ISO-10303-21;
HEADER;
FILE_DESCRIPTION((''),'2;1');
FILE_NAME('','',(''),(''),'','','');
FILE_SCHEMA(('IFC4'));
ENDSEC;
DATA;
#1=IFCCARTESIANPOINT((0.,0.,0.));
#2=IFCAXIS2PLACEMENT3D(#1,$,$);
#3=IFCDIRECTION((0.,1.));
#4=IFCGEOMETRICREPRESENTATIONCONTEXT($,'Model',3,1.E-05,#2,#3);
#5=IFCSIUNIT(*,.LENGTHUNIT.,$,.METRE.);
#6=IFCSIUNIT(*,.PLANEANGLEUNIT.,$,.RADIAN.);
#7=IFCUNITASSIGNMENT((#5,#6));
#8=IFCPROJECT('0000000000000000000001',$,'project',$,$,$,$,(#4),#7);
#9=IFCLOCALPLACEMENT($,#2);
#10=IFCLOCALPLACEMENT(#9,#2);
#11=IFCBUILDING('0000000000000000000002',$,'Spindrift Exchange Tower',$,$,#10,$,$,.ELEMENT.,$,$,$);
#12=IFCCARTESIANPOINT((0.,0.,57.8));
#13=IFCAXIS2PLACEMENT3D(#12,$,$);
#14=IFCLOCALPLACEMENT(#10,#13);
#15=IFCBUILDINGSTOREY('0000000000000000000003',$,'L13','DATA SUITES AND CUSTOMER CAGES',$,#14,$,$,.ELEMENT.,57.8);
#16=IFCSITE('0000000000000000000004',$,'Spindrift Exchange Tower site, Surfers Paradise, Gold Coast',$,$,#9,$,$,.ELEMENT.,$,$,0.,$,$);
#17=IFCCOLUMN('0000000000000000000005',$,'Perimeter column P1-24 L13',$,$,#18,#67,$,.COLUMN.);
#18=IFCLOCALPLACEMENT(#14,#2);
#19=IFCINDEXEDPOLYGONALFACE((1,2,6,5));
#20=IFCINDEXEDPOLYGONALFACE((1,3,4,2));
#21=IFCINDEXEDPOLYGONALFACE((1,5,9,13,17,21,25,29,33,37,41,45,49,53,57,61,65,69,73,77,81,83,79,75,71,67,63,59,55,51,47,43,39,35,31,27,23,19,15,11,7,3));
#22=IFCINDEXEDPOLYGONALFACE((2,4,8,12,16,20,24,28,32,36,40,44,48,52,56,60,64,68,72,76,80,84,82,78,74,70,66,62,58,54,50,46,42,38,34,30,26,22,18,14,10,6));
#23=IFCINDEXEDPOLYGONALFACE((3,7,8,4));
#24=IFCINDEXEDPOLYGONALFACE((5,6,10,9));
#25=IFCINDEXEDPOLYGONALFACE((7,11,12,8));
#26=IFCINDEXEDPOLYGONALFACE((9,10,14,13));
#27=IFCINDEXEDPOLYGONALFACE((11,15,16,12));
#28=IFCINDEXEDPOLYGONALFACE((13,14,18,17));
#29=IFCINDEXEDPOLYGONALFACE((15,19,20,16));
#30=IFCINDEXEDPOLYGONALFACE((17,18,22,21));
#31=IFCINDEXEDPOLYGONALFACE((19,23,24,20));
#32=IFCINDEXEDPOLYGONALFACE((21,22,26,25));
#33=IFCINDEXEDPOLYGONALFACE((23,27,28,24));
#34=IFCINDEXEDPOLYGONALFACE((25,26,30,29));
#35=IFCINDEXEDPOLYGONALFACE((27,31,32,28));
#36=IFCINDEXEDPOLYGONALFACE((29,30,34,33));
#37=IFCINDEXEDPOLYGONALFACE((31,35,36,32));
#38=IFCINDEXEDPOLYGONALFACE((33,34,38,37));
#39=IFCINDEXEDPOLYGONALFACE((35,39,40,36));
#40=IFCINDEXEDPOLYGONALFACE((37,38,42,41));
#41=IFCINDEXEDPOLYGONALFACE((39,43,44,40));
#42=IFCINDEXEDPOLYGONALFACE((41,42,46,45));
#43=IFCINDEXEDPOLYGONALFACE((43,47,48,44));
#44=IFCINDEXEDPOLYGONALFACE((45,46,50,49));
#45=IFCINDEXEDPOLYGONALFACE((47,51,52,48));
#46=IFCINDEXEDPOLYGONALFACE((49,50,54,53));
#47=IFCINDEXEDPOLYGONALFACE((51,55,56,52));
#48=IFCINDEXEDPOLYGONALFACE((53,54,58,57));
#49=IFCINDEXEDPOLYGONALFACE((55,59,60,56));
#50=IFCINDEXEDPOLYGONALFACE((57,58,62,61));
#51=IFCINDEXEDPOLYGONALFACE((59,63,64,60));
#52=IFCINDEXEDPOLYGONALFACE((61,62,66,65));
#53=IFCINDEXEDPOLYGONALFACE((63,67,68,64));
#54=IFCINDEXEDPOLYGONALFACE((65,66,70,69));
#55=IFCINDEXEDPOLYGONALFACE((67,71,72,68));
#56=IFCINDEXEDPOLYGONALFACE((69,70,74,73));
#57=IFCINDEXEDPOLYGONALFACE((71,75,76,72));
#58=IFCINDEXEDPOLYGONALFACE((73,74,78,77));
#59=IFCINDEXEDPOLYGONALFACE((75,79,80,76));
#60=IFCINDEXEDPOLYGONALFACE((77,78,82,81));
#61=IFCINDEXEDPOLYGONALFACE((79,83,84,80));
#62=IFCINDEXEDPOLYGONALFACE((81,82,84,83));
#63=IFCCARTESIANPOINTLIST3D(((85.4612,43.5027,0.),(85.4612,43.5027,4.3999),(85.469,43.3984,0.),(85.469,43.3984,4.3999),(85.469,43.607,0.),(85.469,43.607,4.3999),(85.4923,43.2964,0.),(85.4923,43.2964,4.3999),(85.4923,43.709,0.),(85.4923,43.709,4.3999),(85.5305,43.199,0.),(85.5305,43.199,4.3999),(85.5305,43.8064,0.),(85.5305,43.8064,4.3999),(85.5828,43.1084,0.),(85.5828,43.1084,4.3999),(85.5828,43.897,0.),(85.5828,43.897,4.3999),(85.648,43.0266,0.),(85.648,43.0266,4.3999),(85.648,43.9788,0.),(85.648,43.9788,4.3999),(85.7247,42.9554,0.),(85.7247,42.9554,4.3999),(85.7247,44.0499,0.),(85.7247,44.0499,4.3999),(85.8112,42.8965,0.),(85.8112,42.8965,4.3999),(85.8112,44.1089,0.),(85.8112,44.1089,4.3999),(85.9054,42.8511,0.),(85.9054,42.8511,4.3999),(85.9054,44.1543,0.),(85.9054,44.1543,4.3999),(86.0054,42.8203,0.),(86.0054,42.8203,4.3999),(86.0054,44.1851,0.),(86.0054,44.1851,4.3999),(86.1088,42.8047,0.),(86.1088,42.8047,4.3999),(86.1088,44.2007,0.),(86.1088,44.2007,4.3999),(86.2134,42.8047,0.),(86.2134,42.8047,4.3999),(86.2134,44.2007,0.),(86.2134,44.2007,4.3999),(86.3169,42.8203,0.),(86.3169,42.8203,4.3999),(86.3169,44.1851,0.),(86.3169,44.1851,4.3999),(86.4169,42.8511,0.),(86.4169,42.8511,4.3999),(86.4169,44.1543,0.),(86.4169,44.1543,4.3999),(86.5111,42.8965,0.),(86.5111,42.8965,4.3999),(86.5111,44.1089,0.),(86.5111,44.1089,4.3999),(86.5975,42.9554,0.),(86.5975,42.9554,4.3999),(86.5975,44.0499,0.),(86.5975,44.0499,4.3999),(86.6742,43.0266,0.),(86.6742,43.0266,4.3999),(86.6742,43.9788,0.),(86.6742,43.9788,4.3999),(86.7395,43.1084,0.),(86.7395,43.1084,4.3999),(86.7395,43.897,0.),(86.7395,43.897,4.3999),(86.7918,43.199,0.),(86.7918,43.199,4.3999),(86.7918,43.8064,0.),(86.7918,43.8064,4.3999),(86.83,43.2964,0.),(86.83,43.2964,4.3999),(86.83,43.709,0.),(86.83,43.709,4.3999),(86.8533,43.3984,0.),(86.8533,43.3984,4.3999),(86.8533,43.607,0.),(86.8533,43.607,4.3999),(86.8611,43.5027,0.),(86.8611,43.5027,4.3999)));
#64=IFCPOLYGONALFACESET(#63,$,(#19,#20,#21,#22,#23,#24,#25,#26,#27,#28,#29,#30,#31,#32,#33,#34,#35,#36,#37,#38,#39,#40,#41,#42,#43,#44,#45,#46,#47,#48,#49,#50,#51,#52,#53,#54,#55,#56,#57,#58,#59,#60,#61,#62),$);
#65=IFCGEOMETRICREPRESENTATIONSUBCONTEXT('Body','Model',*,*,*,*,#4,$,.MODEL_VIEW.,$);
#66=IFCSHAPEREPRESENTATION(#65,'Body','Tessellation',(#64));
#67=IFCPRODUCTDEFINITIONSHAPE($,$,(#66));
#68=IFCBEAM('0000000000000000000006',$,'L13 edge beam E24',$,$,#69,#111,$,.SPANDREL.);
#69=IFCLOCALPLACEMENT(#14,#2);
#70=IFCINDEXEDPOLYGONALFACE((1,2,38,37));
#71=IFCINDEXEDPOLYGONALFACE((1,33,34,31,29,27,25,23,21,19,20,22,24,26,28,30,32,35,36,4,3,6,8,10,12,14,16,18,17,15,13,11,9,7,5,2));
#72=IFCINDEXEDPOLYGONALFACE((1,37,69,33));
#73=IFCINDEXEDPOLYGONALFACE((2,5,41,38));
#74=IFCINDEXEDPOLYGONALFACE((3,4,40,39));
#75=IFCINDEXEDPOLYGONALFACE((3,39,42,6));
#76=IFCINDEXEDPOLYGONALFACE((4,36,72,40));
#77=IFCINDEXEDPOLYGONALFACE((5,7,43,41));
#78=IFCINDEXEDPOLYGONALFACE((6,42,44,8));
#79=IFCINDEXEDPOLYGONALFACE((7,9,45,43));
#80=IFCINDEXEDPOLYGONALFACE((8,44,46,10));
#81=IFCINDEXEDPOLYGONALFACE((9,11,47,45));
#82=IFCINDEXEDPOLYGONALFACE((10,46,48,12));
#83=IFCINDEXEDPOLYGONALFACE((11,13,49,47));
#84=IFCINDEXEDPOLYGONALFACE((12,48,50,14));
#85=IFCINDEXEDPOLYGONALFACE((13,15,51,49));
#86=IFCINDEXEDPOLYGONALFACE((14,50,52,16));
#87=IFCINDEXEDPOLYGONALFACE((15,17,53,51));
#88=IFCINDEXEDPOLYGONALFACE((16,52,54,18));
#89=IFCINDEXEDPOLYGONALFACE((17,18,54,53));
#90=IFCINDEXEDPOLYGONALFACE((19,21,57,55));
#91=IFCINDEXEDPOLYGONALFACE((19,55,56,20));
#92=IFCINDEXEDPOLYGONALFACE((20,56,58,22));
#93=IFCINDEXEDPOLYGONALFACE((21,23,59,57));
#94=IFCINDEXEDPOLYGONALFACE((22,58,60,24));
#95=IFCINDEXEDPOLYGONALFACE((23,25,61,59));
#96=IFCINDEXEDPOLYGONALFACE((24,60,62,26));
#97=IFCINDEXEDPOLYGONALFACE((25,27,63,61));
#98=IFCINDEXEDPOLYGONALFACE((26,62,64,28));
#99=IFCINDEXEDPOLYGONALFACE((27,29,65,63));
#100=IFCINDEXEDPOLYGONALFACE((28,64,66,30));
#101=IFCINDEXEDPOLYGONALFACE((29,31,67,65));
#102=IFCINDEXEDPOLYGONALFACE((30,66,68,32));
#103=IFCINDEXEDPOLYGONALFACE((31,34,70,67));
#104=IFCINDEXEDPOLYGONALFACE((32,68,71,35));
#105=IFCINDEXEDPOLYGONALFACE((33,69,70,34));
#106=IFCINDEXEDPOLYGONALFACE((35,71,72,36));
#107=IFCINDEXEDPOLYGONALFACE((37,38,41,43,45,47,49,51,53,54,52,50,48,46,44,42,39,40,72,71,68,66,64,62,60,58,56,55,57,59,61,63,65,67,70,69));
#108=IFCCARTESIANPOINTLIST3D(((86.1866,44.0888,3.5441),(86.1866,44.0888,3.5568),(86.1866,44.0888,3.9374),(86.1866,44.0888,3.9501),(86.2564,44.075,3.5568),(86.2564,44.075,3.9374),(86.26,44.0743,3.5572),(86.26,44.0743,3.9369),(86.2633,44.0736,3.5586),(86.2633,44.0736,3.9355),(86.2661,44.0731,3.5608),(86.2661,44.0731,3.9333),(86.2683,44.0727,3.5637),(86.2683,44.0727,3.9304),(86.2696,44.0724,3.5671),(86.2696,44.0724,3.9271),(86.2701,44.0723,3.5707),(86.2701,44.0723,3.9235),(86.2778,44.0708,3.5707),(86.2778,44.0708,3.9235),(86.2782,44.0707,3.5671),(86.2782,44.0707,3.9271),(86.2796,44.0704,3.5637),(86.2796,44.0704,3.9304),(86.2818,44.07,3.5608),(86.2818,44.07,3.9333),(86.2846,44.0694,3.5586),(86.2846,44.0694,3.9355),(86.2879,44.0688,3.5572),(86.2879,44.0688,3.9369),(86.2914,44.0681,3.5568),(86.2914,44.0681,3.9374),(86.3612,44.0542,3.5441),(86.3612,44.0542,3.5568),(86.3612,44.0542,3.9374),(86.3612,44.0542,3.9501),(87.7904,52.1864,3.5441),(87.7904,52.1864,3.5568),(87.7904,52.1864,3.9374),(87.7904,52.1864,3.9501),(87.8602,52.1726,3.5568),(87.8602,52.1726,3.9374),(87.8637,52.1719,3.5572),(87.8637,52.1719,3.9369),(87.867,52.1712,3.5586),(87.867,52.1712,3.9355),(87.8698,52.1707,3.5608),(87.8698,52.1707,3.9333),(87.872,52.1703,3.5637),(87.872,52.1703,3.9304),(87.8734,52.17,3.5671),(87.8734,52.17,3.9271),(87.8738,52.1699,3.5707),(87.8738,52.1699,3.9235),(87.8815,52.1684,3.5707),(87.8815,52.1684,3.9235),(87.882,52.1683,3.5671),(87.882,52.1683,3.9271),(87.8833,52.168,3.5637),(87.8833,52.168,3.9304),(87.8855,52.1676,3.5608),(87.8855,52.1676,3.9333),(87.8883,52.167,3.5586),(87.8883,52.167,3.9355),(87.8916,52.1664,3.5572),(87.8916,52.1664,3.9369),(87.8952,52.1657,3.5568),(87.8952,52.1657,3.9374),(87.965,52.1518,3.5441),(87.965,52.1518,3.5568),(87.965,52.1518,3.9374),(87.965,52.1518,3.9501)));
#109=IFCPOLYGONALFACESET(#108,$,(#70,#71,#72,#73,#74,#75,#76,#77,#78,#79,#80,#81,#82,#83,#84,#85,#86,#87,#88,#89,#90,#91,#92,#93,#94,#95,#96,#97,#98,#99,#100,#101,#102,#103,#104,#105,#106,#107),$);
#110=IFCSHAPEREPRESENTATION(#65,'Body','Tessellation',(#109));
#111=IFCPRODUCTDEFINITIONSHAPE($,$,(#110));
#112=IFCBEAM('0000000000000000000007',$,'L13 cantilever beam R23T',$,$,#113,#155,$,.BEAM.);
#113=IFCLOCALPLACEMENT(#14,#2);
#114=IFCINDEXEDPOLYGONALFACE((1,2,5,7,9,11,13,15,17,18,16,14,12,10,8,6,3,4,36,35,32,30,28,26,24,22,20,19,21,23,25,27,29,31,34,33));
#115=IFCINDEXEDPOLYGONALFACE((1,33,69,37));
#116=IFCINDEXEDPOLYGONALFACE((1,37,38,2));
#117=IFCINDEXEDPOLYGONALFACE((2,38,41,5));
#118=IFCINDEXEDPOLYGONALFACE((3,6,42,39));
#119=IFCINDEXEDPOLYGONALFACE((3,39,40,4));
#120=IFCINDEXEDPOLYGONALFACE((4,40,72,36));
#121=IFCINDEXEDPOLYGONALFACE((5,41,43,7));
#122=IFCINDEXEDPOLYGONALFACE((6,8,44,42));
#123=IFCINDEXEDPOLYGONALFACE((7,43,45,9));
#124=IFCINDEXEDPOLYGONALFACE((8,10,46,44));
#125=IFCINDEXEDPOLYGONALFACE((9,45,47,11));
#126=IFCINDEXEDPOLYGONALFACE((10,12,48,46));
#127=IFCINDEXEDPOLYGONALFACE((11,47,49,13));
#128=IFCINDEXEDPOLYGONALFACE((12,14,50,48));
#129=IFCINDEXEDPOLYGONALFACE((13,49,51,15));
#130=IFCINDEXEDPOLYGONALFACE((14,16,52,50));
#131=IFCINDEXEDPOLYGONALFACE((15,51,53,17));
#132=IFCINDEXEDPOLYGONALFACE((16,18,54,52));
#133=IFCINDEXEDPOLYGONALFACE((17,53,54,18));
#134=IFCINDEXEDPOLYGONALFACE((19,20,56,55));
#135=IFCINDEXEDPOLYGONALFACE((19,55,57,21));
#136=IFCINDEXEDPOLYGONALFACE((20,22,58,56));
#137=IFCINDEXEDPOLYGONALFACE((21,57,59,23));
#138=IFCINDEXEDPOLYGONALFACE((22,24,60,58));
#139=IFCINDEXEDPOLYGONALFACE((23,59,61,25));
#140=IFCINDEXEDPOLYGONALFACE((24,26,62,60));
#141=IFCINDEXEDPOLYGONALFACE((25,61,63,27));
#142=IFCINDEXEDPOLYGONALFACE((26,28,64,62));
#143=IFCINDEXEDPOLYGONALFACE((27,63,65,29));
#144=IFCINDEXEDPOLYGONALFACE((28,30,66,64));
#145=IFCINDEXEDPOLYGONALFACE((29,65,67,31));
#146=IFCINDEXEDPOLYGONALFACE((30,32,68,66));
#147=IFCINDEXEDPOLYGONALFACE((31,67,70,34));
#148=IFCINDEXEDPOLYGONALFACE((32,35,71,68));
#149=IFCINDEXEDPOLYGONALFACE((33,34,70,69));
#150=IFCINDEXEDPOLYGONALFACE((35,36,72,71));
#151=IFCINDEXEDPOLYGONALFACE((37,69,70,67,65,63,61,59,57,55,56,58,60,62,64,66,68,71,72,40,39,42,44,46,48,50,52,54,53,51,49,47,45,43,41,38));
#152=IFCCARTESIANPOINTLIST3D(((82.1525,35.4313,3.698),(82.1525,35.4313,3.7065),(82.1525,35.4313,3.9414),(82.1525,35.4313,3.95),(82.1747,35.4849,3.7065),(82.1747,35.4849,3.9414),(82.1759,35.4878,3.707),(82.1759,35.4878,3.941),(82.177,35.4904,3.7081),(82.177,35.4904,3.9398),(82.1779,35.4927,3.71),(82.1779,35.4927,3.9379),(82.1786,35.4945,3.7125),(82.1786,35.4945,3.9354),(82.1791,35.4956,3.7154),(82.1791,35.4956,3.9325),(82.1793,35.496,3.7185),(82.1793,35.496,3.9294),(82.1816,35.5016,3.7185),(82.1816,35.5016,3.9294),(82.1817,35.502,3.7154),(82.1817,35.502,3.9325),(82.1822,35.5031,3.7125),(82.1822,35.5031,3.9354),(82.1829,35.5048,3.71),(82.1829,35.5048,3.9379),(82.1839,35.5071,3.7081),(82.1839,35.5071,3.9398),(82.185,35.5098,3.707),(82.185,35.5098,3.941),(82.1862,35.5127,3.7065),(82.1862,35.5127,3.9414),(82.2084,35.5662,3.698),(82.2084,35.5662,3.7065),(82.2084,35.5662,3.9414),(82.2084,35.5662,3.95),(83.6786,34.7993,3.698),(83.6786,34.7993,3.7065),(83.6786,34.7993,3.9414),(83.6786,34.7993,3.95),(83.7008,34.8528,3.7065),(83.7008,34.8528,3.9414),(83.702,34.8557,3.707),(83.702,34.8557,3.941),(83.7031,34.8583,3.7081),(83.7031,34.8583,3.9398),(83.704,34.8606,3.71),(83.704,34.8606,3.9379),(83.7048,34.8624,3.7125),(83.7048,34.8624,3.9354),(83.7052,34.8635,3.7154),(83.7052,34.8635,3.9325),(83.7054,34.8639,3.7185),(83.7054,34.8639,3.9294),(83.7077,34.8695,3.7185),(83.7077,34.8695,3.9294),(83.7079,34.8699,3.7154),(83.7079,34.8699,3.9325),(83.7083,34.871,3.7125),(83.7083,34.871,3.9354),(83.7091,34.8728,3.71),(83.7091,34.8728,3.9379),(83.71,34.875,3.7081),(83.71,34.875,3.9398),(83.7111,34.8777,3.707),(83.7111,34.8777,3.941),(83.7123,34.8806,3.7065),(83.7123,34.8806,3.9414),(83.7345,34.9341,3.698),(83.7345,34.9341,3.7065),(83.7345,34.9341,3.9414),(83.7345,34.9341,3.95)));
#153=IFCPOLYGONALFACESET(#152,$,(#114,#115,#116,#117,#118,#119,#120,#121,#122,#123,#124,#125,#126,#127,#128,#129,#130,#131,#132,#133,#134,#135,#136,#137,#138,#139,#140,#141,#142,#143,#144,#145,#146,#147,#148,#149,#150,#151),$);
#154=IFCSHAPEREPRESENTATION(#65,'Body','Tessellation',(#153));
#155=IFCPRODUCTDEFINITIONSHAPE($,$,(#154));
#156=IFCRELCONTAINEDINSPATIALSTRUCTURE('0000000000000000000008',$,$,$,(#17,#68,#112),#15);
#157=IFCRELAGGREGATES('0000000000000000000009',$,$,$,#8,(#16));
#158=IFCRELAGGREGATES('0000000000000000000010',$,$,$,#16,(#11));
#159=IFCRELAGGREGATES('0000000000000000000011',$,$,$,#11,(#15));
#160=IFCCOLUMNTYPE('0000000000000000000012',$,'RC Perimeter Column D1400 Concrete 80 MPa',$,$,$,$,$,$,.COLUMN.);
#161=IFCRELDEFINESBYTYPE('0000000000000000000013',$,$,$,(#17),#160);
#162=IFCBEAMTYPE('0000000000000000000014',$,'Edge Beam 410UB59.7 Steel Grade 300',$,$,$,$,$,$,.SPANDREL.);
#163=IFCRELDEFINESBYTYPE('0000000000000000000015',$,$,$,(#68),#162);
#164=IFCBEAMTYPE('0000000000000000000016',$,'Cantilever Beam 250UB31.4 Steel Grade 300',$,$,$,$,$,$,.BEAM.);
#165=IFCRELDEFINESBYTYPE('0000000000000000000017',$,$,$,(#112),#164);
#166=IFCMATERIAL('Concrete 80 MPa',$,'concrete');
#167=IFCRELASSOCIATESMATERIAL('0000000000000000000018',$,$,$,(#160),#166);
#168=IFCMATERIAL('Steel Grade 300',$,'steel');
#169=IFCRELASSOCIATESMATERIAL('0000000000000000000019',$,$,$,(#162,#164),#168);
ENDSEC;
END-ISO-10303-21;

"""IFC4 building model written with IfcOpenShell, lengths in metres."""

from ifc_helpers import new_model, si_unit, direction, frame, origin, origin_2d, place, context, subcontext, project, spatial, circle, i_section, extrude, source, transform, mapped, material, material_profile, profile_set, type_object, element, save


model = new_model("IFC4")

# Units and contexts
model_context = context("Model", 3, precision=1e-05, world=origin(), true_north=direction((0.0, 1.0)))
body_context = subcontext(model_context, "Body", "Model", "MODEL_VIEW")
ifc_project = project(units=[si_unit("LENGTHUNIT", "METRE"), si_unit("PLANEANGLEUNIT", "RADIAN")], contexts=[model_context])

# Site, building, storey
site_placement = place(None, origin())
site = spatial("IfcSite", under=ifc_project, at=site_placement, Name="Spindrift Exchange Tower site, Surfers Paradise, Gold Coast", CompositionType="ELEMENT", RefElevation=0.0)
building_placement = place(site_placement, origin())
building = spatial("IfcBuilding", under=site, at=building_placement, Name="Spindrift Exchange Tower", CompositionType="ELEMENT")
storey_placement = place(building_placement, frame((0.0, 0.0, 57.8)))
storey = spatial("IfcBuildingStorey", under=building, at=storey_placement, Name="L13", Description="DATA SUITES AND CUSTOMER CAGES", CompositionType="ELEMENT", Elevation=57.8)

# Column
ifc_material_1 = material(Name="Concrete 80 MPa", Category="concrete")
ifc_material_profile_1 = material_profile(ifc_material_1, circle(Radius=0.7, at=origin_2d()), Name="RC D1400")
ifc_profile_set_1 = profile_set([ifc_material_profile_1], Name="Concrete 80 MPa")
column_type = type_object("IfcColumnType", Name="RC Perimeter Column D1400 Concrete 80 MPa", PredefinedType="COLUMN", material=ifc_profile_set_1)
shared_shape_1 = source(origin(), body_context, "Body", "SweptSolid", [
    extrude(circle(Radius=0.7, at=origin_2d()), origin(), (0.0, 0.0, 1.0), 4.3999),
])
column_placement = place(storey_placement, frame((86.1611, 43.5027, 0.0), z_axis=(0.0, 0.0, 1.0), x_axis=(1.0, 0.0, 0.0)))
element("IfcColumn", 1, at=column_placement, inside=storey, type_object=column_type, Name="Perimeter column P1-24 L13", PredefinedType="COLUMN", context=body_context, shape_type="MappedRepresentation", body=[
    mapped(shared_shape_1, transform((0.0, 0.0, 0.0), scale=1.0)),
])

# Beams
ifc_material_2 = material(Name="Steel Grade 300", Category="steel")
ifc_material_profile_2 = material_profile(ifc_material_2, i_section(OverallWidth=0.178, OverallDepth=0.406, WebThickness=0.0078, FlangeThickness=0.0127, FilletRadius=0.0139, at=origin_2d()), Name="410UB59.7")
ifc_profile_set_2 = profile_set([ifc_material_profile_2], Name="Steel Grade 300")
beam_type_1 = type_object("IfcBeamType", Name="Edge Beam 410UB59.7 Steel Grade 300", PredefinedType="SPANDREL", material=ifc_profile_set_2)
shared_shape_2 = source(origin(), body_context, "Body", "SweptSolid", [
    extrude(i_section(OverallWidth=0.178, OverallDepth=0.406, WebThickness=0.0078, FlangeThickness=0.0127, FilletRadius=0.0139, at=origin_2d()), origin(), (0.0, 0.0, 1.0), 8.2549),
])
beam_1_placement = place(storey_placement, frame((86.2739, 44.0715, 3.7471), z_axis=(0.194279, 0.980946, 0.0), x_axis=(-0.980946, 0.194279, 0.0)))
element("IfcBeam", 2, at=beam_1_placement, inside=storey, type_object=beam_type_1, Name="L13 edge beam E24", PredefinedType="SPANDREL", context=body_context, shape_type="MappedRepresentation", body=[
    mapped(shared_shape_2, transform((0.0, 0.0, 0.0), scale=1.0)),
])
ifc_material_profile_3 = material_profile(ifc_material_2, i_section(OverallWidth=0.146, OverallDepth=0.252, WebThickness=0.0061, FlangeThickness=0.0085, FilletRadius=0.012, at=origin_2d()), Name="250UB31.4")
ifc_profile_set_3 = profile_set([ifc_material_profile_3], Name="Steel Grade 300")
beam_type_2 = type_object("IfcBeamType", Name="Cantilever Beam 250UB31.4 Steel Grade 300", PredefinedType="BEAM", material=ifc_profile_set_3)
shared_shape_3 = source(origin(), body_context, "Body", "SweptSolid", [
    extrude(i_section(OverallWidth=0.146, OverallDepth=0.252, WebThickness=0.0061, FlangeThickness=0.0085, FilletRadius=0.012, at=origin_2d()), origin(), (0.0, 0.0, 1.0), 1.6519),
])
beam_2_placement = place(storey_placement, frame((82.1804, 35.4988, 3.824), z_axis=(0.923893, -0.382652, 0.0), x_axis=(0.382652, 0.923893, 0.0)))
element("IfcBeam", 3, at=beam_2_placement, inside=storey, type_object=beam_type_2, Name="L13 cantilever beam R23T", PredefinedType="BEAM", context=body_context, shape_type="MappedRepresentation", body=[
    mapped(shared_shape_3, transform((0.0, 0.0, 0.0), scale=1.0)),
])

save(model, "model.ifc")
